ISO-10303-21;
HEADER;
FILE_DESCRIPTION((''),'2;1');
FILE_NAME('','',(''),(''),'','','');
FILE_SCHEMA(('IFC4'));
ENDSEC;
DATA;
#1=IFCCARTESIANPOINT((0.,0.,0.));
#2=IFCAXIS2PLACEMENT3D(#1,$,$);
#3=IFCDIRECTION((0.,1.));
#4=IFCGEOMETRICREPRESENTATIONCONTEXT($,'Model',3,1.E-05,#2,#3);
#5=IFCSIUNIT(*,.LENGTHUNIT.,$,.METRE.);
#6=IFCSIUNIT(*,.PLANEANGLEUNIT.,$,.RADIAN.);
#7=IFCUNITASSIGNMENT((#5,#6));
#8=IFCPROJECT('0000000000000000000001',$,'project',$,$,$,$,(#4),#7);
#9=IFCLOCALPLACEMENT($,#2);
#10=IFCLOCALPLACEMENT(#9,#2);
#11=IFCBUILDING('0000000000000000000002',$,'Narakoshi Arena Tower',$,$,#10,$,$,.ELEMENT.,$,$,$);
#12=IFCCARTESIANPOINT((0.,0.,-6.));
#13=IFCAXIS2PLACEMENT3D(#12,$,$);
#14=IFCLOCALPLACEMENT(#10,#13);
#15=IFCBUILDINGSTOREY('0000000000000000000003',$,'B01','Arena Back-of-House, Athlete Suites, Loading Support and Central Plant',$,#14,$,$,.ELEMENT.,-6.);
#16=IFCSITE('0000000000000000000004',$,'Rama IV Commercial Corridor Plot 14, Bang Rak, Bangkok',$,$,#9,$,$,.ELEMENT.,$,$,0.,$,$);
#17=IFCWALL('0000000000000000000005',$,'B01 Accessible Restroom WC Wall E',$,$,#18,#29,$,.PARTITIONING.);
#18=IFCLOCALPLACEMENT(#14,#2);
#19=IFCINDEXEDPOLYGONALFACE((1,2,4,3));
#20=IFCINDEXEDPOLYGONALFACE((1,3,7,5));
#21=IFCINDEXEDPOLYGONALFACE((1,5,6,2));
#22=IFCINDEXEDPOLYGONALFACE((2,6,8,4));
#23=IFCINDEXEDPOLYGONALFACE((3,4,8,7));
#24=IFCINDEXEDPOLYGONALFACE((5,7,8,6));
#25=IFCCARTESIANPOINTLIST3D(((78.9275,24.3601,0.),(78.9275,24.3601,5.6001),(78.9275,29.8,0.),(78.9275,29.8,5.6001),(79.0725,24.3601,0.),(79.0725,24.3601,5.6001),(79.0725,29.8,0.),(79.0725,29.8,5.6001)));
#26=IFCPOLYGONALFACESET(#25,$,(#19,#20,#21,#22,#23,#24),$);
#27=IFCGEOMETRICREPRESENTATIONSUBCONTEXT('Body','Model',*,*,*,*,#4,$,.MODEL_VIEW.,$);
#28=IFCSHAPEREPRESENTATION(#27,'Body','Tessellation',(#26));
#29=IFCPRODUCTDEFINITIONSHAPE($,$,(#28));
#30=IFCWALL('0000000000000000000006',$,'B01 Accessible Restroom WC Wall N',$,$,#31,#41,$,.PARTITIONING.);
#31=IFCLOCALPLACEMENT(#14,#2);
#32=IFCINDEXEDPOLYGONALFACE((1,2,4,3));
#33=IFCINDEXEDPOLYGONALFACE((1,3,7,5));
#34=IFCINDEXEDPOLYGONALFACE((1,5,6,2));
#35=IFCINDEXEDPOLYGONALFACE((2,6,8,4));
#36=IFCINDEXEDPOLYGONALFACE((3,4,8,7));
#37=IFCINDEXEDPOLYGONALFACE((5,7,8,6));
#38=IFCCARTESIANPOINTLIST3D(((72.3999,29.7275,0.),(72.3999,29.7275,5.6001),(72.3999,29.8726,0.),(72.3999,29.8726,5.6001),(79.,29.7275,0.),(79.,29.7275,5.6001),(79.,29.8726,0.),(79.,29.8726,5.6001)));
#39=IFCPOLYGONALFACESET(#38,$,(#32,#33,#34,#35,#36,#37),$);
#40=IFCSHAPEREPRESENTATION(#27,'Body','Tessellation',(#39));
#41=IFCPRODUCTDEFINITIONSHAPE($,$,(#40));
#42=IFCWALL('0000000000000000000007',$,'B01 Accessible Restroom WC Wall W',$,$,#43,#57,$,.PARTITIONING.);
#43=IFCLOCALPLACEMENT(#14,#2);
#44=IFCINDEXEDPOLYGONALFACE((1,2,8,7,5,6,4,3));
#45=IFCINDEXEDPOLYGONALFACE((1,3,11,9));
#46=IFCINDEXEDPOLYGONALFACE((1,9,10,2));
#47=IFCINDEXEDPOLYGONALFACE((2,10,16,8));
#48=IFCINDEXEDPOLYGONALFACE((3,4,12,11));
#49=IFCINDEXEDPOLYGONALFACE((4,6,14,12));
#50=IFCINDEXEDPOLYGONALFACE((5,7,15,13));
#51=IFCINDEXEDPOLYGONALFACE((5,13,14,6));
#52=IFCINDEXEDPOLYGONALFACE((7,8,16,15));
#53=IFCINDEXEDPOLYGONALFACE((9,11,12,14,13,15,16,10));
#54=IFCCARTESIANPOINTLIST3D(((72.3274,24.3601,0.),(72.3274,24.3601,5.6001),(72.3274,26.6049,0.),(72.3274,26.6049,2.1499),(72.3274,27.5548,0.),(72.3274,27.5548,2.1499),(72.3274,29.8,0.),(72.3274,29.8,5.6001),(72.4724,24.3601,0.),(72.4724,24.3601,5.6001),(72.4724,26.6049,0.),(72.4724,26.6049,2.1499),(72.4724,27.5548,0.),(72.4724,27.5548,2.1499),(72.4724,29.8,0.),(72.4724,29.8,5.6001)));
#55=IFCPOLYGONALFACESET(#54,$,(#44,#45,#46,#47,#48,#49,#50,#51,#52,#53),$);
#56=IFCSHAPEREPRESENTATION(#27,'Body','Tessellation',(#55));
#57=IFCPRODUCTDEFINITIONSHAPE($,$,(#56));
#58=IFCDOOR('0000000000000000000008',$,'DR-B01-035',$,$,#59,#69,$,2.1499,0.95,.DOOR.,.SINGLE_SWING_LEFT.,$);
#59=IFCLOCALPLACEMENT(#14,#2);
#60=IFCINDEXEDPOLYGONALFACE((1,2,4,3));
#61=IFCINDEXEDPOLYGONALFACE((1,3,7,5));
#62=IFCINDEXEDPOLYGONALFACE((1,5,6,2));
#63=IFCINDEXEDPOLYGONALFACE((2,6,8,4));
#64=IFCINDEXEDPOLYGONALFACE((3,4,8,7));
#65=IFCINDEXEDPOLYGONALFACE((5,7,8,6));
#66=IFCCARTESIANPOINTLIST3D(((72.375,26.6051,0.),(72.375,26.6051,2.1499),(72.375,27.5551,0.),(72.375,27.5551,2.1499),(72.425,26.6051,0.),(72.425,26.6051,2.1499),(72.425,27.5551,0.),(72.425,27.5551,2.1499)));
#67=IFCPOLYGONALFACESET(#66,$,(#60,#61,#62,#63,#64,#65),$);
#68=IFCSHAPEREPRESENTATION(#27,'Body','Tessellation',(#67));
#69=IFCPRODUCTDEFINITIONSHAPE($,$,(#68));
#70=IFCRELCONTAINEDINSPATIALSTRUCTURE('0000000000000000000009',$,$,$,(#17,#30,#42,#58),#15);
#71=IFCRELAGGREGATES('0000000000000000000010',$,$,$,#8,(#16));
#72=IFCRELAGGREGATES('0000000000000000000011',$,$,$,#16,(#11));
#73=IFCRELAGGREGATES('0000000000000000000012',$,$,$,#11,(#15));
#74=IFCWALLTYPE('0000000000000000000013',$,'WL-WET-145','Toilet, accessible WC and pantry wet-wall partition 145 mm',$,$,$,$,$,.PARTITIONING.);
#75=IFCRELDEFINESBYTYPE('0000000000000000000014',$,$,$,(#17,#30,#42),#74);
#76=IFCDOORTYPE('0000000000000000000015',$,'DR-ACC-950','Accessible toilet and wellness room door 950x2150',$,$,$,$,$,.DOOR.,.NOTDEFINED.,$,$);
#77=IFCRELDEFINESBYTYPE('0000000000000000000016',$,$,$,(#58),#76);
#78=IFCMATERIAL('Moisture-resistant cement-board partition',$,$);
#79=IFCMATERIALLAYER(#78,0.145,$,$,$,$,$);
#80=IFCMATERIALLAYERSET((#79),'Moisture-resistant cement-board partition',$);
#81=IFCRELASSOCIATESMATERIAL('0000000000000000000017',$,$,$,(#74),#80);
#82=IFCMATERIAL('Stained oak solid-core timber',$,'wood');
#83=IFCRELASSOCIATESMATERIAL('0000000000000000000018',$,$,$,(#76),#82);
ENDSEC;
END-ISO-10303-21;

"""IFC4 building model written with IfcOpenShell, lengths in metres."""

from ifc_helpers import new_model, si_unit, direction, frame, frame_2d, origin, place, context, subcontext, project, spatial, rectangle, extrude, material, layer, layer_set, type_object, element, fill, save


model = new_model("IFC4")

# Units and contexts
model_context = context("Model", 3, precision=1e-05, world=origin(), true_north=direction((0.0, 1.0)))
body_context = subcontext(model_context, "Body", "Model", "MODEL_VIEW")
ifc_project = project(units=[si_unit("LENGTHUNIT", "METRE"), si_unit("PLANEANGLEUNIT", "RADIAN")], contexts=[model_context])

# Site, building, storey
site_placement = place(None, origin())
site = spatial("IfcSite", under=ifc_project, at=site_placement, Name="Rama IV Commercial Corridor Plot 14, Bang Rak, Bangkok", CompositionType="ELEMENT", RefElevation=0.0)
building_placement = place(site_placement, origin())
building = spatial("IfcBuilding", under=site, at=building_placement, Name="Narakoshi Arena Tower", CompositionType="ELEMENT")
storey_placement = place(building_placement, frame((0.0, 0.0, -6.0)))
storey = spatial("IfcBuildingStorey", under=building, at=storey_placement, Name="B01", Description="Arena Back-of-House, Athlete Suites, Loading Support and Central Plant", CompositionType="ELEMENT", Elevation=-6.0)

# Shared definitions
ifc_material_1 = material(Name="Moisture-resistant cement-board partition")
ifc_layer_1 = layer(ifc_material_1, 0.145)
ifc_layer_set_1 = layer_set([ifc_layer_1], Name="Moisture-resistant cement-board partition")
wall_type_1 = type_object("IfcWallType", Name="WL-WET-145", Description="Toilet, accessible WC and pantry wet-wall partition 145 mm", PredefinedType="PARTITIONING", material=ifc_layer_set_1)

# Walls
wall_1_placement = place(storey_placement, frame((79.0, 24.3601, 0.0), z_axis=(0.0, 0.0, 1.0), x_axis=(0.0, 1.0, 0.0)))
element("IfcWall", 1, at=wall_1_placement, inside=storey, type_object=wall_type_1, Name="B01 Accessible Restroom WC Wall E", PredefinedType="PARTITIONING", context=body_context, shape_type="SweptSolid", body=[
    extrude(rectangle(XDim=5.4399, YDim=0.145, at=frame_2d((2.72, 0.0))), origin(), (0.0, 0.0, 1.0), 5.6001),
])
wall_2_placement = place(storey_placement, frame((79.0, 29.8, 0.0), z_axis=(0.0, 0.0, 1.0), x_axis=(-1.0, 0.0, 0.0)))
element("IfcWall", 2, at=wall_2_placement, inside=storey, type_object=wall_type_1, Name="B01 Accessible Restroom WC Wall N", PredefinedType="PARTITIONING", context=body_context, shape_type="SweptSolid", body=[
    extrude(rectangle(XDim=6.6001, YDim=0.145, at=frame_2d((3.3, 0.0))), origin(), (0.0, 0.0, 1.0), 5.6001),
])

# Wall, opening, door
wall_3_placement = place(storey_placement, frame((72.3999, 29.8, 0.0), z_axis=(0.0, 0.0, 1.0), x_axis=(0.0, -1.0, 0.0)))
wall_3 = element("IfcWall", 3, at=wall_3_placement, inside=storey, type_object=wall_type_1, Name="B01 Accessible Restroom WC Wall W", PredefinedType="PARTITIONING", context=body_context, shape_type="SweptSolid", body=[
    extrude(rectangle(XDim=5.4399, YDim=0.145, at=frame_2d((2.72, 0.0))), origin(), (0.0, 0.0, 1.0), 5.6001),
])
opening_1_placement = place(wall_3_placement, frame((2.2451, 0.0, 0.0)))
opening_1 = element("IfcOpeningElement", 4, at=opening_1_placement, cuts=wall_3, PredefinedType="OPENING", context=body_context, shape_type="SweptSolid", body=[
    extrude(rectangle(XDim=0.95, YDim=2.1499, at=frame_2d((0.4751, 1.075))), frame((0.0, 0.0825, 0.0), z_axis=(0.0, -1.0, 0.0), x_axis=(1.0, 0.0, 0.0)), (0.0, 0.0, 1.0), 0.165),
])
ifc_material_2 = material(Name="Stained oak solid-core timber", Category="wood")
door_type_1 = type_object("IfcDoorType", Name="DR-ACC-950", Description="Accessible toilet and wellness room door 950x2150", OperationType="NOTDEFINED", PredefinedType="DOOR", material=ifc_material_2)
door_1_placement = place(opening_1_placement, frame((0.95, 0.0, 0.0), z_axis=(0.0, 0.0, 1.0), x_axis=(-1.0, 0.0, 0.0)))
door_1 = element("IfcDoor", 5, at=door_1_placement, inside=storey, type_object=door_type_1, Name="DR-B01-035", OperationType="SINGLE_SWING_LEFT", OverallHeight=2.1499, OverallWidth=0.95, PredefinedType="DOOR", context=body_context, shape_type="SweptSolid", body=[
    extrude(rectangle(XDim=0.95, YDim=2.1499, at=frame_2d((0.4751, 1.075))), frame((0.0, 0.0249, 0.0), z_axis=(0.0, -1.0, 0.0), x_axis=(1.0, 0.0, 0.0)), (0.0, 0.0, 1.0), 0.05),
])
fill(opening_1, door_1)

save(model, "model.ifc")
